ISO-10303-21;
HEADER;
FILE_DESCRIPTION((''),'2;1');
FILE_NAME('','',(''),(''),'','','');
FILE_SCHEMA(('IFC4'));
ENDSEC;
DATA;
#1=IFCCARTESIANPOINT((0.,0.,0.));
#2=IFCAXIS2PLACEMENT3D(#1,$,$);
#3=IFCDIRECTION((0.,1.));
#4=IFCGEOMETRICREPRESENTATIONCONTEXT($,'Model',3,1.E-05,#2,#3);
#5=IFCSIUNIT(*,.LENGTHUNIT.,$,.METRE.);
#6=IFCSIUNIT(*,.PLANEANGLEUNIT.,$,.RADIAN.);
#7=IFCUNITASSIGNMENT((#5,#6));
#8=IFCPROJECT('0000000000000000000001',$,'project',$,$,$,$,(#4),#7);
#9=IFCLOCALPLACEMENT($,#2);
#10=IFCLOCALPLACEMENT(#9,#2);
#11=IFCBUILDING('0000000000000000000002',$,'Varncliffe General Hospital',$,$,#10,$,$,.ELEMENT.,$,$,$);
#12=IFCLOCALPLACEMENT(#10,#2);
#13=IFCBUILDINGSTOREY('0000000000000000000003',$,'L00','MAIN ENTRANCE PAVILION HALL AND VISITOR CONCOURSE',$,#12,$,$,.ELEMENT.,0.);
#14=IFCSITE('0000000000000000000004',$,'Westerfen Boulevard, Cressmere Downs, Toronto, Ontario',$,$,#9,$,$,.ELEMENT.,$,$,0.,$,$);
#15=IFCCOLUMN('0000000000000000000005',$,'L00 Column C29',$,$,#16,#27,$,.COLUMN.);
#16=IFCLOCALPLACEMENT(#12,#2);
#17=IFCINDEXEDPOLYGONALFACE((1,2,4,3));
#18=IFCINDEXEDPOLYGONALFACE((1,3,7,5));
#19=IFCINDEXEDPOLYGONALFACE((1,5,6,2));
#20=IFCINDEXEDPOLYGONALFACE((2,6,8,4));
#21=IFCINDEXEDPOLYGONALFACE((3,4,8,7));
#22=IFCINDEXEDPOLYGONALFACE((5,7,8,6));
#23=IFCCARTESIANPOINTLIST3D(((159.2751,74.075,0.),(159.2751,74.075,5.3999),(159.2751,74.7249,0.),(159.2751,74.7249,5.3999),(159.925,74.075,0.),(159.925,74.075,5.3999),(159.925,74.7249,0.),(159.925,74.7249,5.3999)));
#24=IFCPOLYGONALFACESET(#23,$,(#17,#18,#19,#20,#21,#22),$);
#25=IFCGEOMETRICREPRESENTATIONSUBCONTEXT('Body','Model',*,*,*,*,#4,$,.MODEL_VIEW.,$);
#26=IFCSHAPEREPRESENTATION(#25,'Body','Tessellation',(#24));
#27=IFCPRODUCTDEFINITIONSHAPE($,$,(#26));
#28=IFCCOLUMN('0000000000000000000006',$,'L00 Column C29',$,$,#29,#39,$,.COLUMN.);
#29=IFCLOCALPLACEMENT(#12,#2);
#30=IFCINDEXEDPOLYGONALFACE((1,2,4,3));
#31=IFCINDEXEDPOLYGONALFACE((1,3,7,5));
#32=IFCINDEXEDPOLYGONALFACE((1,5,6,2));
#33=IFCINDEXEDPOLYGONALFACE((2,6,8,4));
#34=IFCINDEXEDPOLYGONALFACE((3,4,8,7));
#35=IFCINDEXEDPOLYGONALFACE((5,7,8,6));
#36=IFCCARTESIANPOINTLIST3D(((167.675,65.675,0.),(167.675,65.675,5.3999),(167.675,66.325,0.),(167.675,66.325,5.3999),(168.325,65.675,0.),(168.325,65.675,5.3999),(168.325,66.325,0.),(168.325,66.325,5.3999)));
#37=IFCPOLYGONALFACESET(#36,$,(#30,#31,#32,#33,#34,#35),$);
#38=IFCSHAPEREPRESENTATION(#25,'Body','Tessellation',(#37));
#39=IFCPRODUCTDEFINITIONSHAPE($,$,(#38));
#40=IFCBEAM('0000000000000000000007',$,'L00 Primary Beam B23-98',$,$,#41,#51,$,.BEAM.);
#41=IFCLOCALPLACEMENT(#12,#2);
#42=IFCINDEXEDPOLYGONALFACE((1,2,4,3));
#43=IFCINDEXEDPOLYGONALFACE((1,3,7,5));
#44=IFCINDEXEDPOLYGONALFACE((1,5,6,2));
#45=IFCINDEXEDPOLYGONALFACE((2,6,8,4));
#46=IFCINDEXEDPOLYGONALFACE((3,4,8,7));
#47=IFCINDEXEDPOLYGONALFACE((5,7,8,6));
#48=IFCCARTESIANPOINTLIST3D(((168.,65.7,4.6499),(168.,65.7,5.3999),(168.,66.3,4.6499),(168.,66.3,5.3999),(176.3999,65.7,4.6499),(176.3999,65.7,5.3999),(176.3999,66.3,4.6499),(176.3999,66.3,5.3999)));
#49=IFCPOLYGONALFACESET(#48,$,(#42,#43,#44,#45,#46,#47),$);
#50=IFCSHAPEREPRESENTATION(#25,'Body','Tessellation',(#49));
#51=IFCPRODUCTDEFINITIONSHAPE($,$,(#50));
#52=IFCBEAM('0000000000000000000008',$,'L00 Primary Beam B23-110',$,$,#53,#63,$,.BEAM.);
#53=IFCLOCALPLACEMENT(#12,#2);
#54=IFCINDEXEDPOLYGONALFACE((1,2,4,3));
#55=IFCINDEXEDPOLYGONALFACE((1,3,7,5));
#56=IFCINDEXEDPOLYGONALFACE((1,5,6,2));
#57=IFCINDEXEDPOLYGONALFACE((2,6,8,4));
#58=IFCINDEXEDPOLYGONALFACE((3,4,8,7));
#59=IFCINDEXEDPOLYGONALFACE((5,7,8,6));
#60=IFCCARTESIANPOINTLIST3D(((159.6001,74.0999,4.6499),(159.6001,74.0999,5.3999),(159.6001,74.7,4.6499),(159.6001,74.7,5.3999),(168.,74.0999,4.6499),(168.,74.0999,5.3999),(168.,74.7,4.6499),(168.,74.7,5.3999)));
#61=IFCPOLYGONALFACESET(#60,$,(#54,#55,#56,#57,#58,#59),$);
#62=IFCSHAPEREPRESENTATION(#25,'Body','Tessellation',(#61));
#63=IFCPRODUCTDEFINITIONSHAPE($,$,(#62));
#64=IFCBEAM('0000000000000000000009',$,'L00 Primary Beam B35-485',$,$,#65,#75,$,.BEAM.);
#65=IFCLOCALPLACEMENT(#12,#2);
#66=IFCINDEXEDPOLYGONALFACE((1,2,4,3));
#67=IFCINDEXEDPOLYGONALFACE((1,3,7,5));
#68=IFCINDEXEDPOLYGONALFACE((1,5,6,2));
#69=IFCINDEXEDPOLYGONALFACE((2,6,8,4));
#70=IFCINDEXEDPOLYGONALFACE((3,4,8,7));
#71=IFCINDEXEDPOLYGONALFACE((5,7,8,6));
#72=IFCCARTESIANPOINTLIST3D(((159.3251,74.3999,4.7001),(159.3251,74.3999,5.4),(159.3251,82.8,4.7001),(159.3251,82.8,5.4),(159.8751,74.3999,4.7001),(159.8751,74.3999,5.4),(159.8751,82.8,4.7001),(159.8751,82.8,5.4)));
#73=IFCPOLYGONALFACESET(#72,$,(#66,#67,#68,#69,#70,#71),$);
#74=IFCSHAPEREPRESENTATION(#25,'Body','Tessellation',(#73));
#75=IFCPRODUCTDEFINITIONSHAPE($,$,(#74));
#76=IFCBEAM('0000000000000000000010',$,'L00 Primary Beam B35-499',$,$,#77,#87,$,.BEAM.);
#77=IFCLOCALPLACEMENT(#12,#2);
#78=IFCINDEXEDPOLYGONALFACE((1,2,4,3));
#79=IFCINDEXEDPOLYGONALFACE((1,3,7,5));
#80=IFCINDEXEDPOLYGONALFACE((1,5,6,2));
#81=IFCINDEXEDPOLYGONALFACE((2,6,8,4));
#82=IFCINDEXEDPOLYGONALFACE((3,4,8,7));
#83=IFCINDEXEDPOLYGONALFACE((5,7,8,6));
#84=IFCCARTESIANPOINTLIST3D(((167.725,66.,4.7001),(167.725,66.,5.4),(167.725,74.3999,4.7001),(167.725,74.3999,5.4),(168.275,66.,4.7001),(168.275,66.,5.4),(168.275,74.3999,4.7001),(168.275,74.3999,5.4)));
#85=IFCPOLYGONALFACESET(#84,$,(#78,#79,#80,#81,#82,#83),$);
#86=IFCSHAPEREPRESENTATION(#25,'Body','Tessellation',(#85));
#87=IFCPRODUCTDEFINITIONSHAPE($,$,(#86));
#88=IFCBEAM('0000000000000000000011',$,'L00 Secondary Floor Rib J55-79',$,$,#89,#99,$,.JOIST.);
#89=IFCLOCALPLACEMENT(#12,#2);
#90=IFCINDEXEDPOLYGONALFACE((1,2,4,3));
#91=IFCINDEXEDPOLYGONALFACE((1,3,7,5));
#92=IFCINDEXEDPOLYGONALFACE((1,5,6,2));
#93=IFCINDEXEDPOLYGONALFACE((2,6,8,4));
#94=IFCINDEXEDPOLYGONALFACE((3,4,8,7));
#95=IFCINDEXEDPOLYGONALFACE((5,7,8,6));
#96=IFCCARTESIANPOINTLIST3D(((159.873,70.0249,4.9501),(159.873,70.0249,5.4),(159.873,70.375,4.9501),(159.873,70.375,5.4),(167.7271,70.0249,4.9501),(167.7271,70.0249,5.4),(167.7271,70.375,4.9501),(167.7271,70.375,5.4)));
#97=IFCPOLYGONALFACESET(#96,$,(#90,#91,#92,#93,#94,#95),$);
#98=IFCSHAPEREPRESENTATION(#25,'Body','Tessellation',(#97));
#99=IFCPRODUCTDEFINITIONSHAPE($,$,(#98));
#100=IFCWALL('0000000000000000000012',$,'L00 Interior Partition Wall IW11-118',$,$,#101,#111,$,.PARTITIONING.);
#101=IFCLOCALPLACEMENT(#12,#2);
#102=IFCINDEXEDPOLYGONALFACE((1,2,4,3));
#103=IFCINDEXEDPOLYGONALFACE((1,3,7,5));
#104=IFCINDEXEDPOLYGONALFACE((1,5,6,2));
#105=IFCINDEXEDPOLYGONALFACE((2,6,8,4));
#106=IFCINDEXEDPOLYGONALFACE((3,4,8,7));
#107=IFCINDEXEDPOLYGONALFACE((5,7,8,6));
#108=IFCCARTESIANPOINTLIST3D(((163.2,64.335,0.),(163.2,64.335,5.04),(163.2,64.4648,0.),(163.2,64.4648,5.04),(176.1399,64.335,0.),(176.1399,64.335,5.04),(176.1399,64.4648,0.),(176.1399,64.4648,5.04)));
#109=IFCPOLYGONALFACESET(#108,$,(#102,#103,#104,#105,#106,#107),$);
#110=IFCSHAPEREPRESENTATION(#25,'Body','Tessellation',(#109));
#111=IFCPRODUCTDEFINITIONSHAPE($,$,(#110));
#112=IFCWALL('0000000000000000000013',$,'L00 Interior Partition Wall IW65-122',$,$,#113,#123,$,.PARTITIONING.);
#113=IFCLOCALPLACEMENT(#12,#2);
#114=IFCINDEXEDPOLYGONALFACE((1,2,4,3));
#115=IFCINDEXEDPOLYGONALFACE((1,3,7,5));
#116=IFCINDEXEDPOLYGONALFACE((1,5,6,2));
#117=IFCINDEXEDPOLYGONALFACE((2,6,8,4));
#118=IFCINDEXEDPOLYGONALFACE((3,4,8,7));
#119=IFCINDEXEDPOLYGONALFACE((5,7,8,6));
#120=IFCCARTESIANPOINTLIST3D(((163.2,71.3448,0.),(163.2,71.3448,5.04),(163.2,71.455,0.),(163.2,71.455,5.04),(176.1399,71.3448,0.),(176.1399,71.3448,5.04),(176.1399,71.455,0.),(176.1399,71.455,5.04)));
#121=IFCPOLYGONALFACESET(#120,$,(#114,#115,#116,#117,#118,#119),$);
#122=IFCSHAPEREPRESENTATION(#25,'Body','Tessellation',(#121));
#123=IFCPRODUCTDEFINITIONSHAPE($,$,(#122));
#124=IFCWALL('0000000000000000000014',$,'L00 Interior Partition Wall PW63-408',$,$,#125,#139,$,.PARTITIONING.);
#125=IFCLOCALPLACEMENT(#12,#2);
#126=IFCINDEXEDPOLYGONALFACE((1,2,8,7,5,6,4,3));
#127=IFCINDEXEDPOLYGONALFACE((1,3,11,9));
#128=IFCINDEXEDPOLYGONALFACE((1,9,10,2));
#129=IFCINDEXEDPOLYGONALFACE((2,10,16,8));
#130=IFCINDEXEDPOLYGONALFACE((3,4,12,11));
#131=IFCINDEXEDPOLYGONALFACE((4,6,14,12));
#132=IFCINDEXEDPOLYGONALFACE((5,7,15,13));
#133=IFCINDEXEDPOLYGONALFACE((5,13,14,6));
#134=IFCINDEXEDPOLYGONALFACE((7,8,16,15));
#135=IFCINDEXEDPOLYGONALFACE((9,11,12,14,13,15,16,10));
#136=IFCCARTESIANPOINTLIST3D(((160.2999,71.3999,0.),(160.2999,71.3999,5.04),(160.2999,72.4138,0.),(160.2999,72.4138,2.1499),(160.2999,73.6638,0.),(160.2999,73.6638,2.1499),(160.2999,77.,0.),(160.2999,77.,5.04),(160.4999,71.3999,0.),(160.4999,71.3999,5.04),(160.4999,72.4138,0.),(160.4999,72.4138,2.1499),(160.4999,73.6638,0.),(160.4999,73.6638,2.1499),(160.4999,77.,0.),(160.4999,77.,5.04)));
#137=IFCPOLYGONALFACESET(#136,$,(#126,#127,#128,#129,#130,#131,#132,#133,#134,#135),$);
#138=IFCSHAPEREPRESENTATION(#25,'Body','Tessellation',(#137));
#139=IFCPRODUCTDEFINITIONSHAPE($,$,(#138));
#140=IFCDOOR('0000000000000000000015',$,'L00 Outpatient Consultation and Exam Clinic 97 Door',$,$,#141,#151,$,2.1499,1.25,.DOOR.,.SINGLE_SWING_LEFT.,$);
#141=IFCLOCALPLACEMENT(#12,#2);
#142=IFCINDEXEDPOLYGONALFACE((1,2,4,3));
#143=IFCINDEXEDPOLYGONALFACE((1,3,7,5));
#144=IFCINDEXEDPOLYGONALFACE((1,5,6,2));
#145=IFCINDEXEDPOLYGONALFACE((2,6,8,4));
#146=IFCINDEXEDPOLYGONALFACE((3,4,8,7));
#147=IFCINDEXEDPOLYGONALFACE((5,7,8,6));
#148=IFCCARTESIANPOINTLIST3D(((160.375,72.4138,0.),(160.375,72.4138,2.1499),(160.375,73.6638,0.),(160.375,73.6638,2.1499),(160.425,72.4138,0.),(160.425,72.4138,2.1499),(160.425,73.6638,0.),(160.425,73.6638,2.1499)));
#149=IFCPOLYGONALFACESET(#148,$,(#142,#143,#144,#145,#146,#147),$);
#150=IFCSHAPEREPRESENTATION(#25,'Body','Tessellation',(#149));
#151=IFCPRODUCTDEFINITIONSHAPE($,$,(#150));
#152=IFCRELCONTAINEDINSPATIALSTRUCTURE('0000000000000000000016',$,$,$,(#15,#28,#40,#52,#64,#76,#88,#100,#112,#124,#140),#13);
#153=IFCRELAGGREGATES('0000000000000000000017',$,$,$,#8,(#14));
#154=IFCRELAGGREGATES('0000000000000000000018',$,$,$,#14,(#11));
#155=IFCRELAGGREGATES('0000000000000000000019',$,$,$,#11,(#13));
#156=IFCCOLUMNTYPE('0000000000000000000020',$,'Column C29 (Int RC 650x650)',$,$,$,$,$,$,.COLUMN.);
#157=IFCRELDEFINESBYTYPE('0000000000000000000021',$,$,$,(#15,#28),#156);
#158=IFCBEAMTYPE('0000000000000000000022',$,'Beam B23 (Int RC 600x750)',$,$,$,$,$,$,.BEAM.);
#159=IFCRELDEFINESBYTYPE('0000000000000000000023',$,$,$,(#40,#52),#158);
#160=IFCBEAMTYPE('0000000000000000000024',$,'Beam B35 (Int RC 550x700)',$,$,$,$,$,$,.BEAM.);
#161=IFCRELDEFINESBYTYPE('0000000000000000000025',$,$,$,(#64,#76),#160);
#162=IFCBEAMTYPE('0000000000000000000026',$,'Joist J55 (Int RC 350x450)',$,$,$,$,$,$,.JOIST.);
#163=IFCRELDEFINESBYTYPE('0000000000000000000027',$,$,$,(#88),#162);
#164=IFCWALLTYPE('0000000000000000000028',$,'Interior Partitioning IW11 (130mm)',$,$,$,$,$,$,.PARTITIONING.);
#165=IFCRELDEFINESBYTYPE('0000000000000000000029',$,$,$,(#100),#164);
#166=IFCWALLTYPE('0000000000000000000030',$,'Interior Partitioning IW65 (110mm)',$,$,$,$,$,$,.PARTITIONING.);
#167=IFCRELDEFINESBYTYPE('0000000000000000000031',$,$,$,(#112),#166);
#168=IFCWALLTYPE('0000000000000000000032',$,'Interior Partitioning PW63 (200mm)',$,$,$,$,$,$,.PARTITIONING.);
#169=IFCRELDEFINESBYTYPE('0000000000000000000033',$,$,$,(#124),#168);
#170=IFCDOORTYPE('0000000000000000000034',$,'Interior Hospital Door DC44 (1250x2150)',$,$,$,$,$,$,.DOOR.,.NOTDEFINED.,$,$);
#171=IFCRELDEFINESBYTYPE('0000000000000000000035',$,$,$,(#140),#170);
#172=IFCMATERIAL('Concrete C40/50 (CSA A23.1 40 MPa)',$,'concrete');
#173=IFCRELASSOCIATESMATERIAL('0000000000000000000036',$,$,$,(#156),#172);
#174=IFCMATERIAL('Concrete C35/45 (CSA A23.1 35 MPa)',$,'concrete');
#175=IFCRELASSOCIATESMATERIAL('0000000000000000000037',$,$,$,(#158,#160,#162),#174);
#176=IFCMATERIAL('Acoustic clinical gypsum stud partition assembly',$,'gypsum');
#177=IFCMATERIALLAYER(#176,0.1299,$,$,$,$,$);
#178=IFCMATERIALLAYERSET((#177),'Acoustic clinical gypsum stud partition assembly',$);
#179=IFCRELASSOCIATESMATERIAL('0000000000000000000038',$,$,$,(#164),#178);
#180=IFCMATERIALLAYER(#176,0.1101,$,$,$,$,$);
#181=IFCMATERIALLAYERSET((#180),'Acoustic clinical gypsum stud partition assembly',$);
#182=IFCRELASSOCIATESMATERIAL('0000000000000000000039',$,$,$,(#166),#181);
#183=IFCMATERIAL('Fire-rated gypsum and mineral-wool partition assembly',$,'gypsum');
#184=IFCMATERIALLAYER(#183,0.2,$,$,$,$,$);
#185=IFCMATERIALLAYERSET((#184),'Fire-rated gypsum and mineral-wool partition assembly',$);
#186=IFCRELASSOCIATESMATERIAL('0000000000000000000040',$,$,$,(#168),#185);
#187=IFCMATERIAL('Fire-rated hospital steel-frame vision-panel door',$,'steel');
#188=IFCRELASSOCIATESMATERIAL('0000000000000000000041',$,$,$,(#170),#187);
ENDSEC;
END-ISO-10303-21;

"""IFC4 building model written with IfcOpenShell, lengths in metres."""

from ifc_helpers import new_model, si_unit, direction, frame, frame_2d, origin, origin_2d, place, context, subcontext, project, spatial, rectangle, extrude, material, layer, layer_set, material_profile, profile_set, type_object, element, fill, save


model = new_model("IFC4")

# Units and contexts
model_context = context("Model", 3, precision=1e-05, world=origin(), true_north=direction((0.0, 1.0)))
body_context = subcontext(model_context, "Body", "Model", "MODEL_VIEW")
ifc_project = project(units=[si_unit("LENGTHUNIT", "METRE"), si_unit("PLANEANGLEUNIT", "RADIAN")], contexts=[model_context])

# Site, building, storey
site_placement = place(None, origin())
site = spatial("IfcSite", under=ifc_project, at=site_placement, Name="Westerfen Boulevard, Cressmere Downs, Toronto, Ontario", CompositionType="ELEMENT", RefElevation=0.0)
building_placement = place(site_placement, origin())
building = spatial("IfcBuilding", under=site, at=building_placement, Name="Varncliffe General Hospital", CompositionType="ELEMENT")
storey_placement = place(building_placement, origin())
storey = spatial("IfcBuildingStorey", under=building, at=storey_placement, Name="L00", Description="MAIN ENTRANCE PAVILION HALL AND VISITOR CONCOURSE", CompositionType="ELEMENT", Elevation=0.0)

# Columns
ifc_material_1 = material(Name="Concrete C40/50 (CSA A23.1 40 MPa)", Category="concrete")
ifc_material_profile_1 = material_profile(ifc_material_1, rectangle(XDim=0.6499, YDim=0.6499, at=origin_2d()), Name="RC 650x650")
ifc_profile_set_1 = profile_set([ifc_material_profile_1], Name="Concrete C40/50 (CSA A23.1 40 MPa)")
column_type = type_object("IfcColumnType", Name="Column C29 (Int RC 650x650)", PredefinedType="COLUMN", material=ifc_profile_set_1)
for number, where, z_axis, x_axis, name in (
    (1, (159.6001, 74.3999, 0.0), (0.0, 0.0, 1.0), (1.0, 0.0, 0.0), "L00 Column C29"),
    (2, (168.0, 66.0, 0.0), (0.0, 0.0, 1.0), (1.0, 0.0, 0.0), "L00 Column C29"),
):
    element("IfcColumn", number, at=place(storey_placement, frame(where, z_axis=z_axis, x_axis=x_axis)), inside=storey, type_object=column_type, Name=name, PredefinedType="COLUMN", context=body_context, shape_type="SweptSolid", body=[
        extrude(rectangle(XDim=0.6499, YDim=0.6499, at=origin_2d()), origin(), (0.0, 0.0, 1.0), 5.3999),
    ])

# Beams
ifc_material_2 = material(Name="Concrete C35/45 (CSA A23.1 35 MPa)", Category="concrete")
ifc_material_profile_2 = material_profile(ifc_material_2, rectangle(XDim=0.6001, YDim=0.75, at=origin_2d()), Name="RC 600x750")
ifc_profile_set_2 = profile_set([ifc_material_profile_2], Name="Concrete C35/45 (CSA A23.1 35 MPa)")
beam_type_1 = type_object("IfcBeamType", Name="Beam B23 (Int RC 600x750)", PredefinedType="BEAM", material=ifc_profile_set_2)
for number, where, z_axis, x_axis, name in (
    (3, (168.0, 66.0, 5.0249), (1.0, 0.0, 0.0), (0.0, 1.0, 0.0), "L00 Primary Beam B23-98"),
    (4, (159.6001, 74.3999, 5.0249), (1.0, 0.0, 0.0), (0.0, 1.0, 0.0), "L00 Primary Beam B23-110"),
):
    element("IfcBeam", number, at=place(storey_placement, frame(where, z_axis=z_axis, x_axis=x_axis)), inside=storey, type_object=beam_type_1, Name=name, PredefinedType="BEAM", context=body_context, shape_type="SweptSolid", body=[
        extrude(rectangle(XDim=0.6001, YDim=0.75, at=origin_2d()), origin(), (0.0, 0.0, 1.0), 8.3999),
    ])
ifc_material_profile_3 = material_profile(ifc_material_2, rectangle(XDim=0.55, YDim=0.7, at=origin_2d()), Name="RC 550x700")
ifc_profile_set_3 = profile_set([ifc_material_profile_3], Name="Concrete C35/45 (CSA A23.1 35 MPa)")
beam_type_2 = type_object("IfcBeamType", Name="Beam B35 (Int RC 550x700)", PredefinedType="BEAM", material=ifc_profile_set_3)
beam_1_placement = place(storey_placement, frame((159.6001, 74.3999, 5.05), z_axis=(0.0, 1.0, 0.0), x_axis=(-1.0, 0.0, 0.0)))
element("IfcBeam", 5, at=beam_1_placement, inside=storey, type_object=beam_type_2, Name="L00 Primary Beam B35-485", PredefinedType="BEAM", context=body_context, shape_type="SweptSolid", body=[
    extrude(rectangle(XDim=0.55, YDim=0.7, at=origin_2d()), origin(), (0.0, 0.0, 1.0), 8.4001),
])
beam_2_placement = place(storey_placement, frame((168.0, 66.0, 5.05), z_axis=(0.0, 1.0, 0.0), x_axis=(-1.0, 0.0, 0.0)))
element("IfcBeam", 6, at=beam_2_placement, inside=storey, type_object=beam_type_2, Name="L00 Primary Beam B35-499", PredefinedType="BEAM", context=body_context, shape_type="SweptSolid", body=[
    extrude(rectangle(XDim=0.55, YDim=0.7, at=origin_2d()), origin(), (0.0, 0.0, 1.0), 8.3999),
])
ifc_material_profile_4 = material_profile(ifc_material_2, rectangle(XDim=0.3501, YDim=0.45, at=origin_2d()), Name="RC 350x450")
ifc_profile_set_4 = profile_set([ifc_material_profile_4], Name="Concrete C35/45 (CSA A23.1 35 MPa)")
beam_type_3 = type_object("IfcBeamType", Name="Joist J55 (Int RC 350x450)", PredefinedType="JOIST", material=ifc_profile_set_4)
beam_3_placement = place(storey_placement, frame((159.873, 70.2, 5.175), z_axis=(1.0, 0.0, 0.0), x_axis=(0.0, 1.0, 0.0)))
element("IfcBeam", 7, at=beam_3_placement, inside=storey, type_object=beam_type_3, Name="L00 Secondary Floor Rib J55-79", PredefinedType="JOIST", context=body_context, shape_type="SweptSolid", body=[
    extrude(rectangle(XDim=0.3501, YDim=0.45, at=origin_2d()), origin(), (0.0, 0.0, 1.0), 7.854),
])

# Walls
ifc_material_3 = material(Name="Acoustic clinical gypsum stud partition assembly", Category="gypsum")
ifc_layer_1 = layer(ifc_material_3, 0.1299)
ifc_layer_set_1 = layer_set([ifc_layer_1], Name="Acoustic clinical gypsum stud partition assembly")
wall_type_1 = type_object("IfcWallType", Name="Interior Partitioning IW11 (130mm)", PredefinedType="PARTITIONING", material=ifc_layer_set_1)
wall_1_placement = place(storey_placement, frame((163.2, 64.3999, 0.0), z_axis=(0.0, 0.0, 1.0), x_axis=(1.0, 0.0, 0.0)))
element("IfcWall", 8, at=wall_1_placement, inside=storey, type_object=wall_type_1, Name="L00 Interior Partition Wall IW11-118", PredefinedType="PARTITIONING", context=body_context, shape_type="SweptSolid", body=[
    extrude(rectangle(XDim=12.9399, YDim=0.1299, at=frame_2d((6.47, 0.0))), origin(), (0.0, 0.0, 1.0), 5.04),
])
ifc_layer_2 = layer(ifc_material_3, 0.1101)
ifc_layer_set_2 = layer_set([ifc_layer_2], Name="Acoustic clinical gypsum stud partition assembly")
wall_type_2 = type_object("IfcWallType", Name="Interior Partitioning IW65 (110mm)", PredefinedType="PARTITIONING", material=ifc_layer_set_2)
wall_2_placement = place(storey_placement, frame((163.2, 71.3999, 0.0), z_axis=(0.0, 0.0, 1.0), x_axis=(1.0, 0.0, 0.0)))
element("IfcWall", 9, at=wall_2_placement, inside=storey, type_object=wall_type_2, Name="L00 Interior Partition Wall IW65-122", PredefinedType="PARTITIONING", context=body_context, shape_type="SweptSolid", body=[
    extrude(rectangle(XDim=12.9399, YDim=0.1101, at=frame_2d((6.47, 0.0))), origin(), (0.0, 0.0, 1.0), 5.04),
])

# Wall, opening, door
ifc_material_4 = material(Name="Fire-rated gypsum and mineral-wool partition assembly", Category="gypsum")
ifc_layer_3 = layer(ifc_material_4, 0.2)
ifc_layer_set_3 = layer_set([ifc_layer_3], Name="Fire-rated gypsum and mineral-wool partition assembly")
wall_type_3 = type_object("IfcWallType", Name="Interior Partitioning PW63 (200mm)", PredefinedType="PARTITIONING", material=ifc_layer_set_3)
wall_3_placement = place(storey_placement, frame((160.3999, 71.3999, 0.0), z_axis=(0.0, 0.0, 1.0), x_axis=(0.0, 1.0, 0.0)))
wall_3 = element("IfcWall", 10, at=wall_3_placement, inside=storey, type_object=wall_type_3, Name="L00 Interior Partition Wall PW63-408", PredefinedType="PARTITIONING", context=body_context, shape_type="SweptSolid", body=[
    extrude(rectangle(XDim=5.6001, YDim=0.2, at=frame_2d((2.8, 0.0))), origin(), (0.0, 0.0, 1.0), 5.04),
])
opening_1_placement = place(wall_3_placement, frame((1.0139, 0.0, 0.0)))
opening_1 = element("IfcOpeningElement", 11, at=opening_1_placement, cuts=wall_3, PredefinedType="OPENING", context=body_context, shape_type="SweptSolid", body=[
    extrude(rectangle(XDim=1.25, YDim=2.1499, at=frame_2d((0.625, 1.075))), frame((0.0, 0.1099, 0.0), z_axis=(0.0, -1.0, 0.0), x_axis=(1.0, 0.0, 0.0)), (0.0, 0.0, 1.0), 0.22),
])
ifc_material_5 = material(Name="Fire-rated hospital steel-frame vision-panel door", Category="steel")
door_type_1 = type_object("IfcDoorType", Name="Interior Hospital Door DC44 (1250x2150)", OperationType="NOTDEFINED", PredefinedType="DOOR", material=ifc_material_5)
door_1_placement = place(opening_1_placement, origin())
door_1 = element("IfcDoor", 12, at=door_1_placement, inside=storey, type_object=door_type_1, Name="L00 Outpatient Consultation and Exam Clinic 97 Door", OperationType="SINGLE_SWING_LEFT", OverallHeight=2.1499, OverallWidth=1.25, PredefinedType="DOOR", context=body_context, shape_type="SweptSolid", body=[
    extrude(rectangle(XDim=1.25, YDim=2.1499, at=frame_2d((0.625, 1.075))), frame((0.0, 0.0249, 0.0), z_axis=(0.0, -1.0, 0.0), x_axis=(1.0, 0.0, 0.0)), (0.0, 0.0, 1.0), 0.05),
])
fill(opening_1, door_1)

save(model, "model.ifc")
